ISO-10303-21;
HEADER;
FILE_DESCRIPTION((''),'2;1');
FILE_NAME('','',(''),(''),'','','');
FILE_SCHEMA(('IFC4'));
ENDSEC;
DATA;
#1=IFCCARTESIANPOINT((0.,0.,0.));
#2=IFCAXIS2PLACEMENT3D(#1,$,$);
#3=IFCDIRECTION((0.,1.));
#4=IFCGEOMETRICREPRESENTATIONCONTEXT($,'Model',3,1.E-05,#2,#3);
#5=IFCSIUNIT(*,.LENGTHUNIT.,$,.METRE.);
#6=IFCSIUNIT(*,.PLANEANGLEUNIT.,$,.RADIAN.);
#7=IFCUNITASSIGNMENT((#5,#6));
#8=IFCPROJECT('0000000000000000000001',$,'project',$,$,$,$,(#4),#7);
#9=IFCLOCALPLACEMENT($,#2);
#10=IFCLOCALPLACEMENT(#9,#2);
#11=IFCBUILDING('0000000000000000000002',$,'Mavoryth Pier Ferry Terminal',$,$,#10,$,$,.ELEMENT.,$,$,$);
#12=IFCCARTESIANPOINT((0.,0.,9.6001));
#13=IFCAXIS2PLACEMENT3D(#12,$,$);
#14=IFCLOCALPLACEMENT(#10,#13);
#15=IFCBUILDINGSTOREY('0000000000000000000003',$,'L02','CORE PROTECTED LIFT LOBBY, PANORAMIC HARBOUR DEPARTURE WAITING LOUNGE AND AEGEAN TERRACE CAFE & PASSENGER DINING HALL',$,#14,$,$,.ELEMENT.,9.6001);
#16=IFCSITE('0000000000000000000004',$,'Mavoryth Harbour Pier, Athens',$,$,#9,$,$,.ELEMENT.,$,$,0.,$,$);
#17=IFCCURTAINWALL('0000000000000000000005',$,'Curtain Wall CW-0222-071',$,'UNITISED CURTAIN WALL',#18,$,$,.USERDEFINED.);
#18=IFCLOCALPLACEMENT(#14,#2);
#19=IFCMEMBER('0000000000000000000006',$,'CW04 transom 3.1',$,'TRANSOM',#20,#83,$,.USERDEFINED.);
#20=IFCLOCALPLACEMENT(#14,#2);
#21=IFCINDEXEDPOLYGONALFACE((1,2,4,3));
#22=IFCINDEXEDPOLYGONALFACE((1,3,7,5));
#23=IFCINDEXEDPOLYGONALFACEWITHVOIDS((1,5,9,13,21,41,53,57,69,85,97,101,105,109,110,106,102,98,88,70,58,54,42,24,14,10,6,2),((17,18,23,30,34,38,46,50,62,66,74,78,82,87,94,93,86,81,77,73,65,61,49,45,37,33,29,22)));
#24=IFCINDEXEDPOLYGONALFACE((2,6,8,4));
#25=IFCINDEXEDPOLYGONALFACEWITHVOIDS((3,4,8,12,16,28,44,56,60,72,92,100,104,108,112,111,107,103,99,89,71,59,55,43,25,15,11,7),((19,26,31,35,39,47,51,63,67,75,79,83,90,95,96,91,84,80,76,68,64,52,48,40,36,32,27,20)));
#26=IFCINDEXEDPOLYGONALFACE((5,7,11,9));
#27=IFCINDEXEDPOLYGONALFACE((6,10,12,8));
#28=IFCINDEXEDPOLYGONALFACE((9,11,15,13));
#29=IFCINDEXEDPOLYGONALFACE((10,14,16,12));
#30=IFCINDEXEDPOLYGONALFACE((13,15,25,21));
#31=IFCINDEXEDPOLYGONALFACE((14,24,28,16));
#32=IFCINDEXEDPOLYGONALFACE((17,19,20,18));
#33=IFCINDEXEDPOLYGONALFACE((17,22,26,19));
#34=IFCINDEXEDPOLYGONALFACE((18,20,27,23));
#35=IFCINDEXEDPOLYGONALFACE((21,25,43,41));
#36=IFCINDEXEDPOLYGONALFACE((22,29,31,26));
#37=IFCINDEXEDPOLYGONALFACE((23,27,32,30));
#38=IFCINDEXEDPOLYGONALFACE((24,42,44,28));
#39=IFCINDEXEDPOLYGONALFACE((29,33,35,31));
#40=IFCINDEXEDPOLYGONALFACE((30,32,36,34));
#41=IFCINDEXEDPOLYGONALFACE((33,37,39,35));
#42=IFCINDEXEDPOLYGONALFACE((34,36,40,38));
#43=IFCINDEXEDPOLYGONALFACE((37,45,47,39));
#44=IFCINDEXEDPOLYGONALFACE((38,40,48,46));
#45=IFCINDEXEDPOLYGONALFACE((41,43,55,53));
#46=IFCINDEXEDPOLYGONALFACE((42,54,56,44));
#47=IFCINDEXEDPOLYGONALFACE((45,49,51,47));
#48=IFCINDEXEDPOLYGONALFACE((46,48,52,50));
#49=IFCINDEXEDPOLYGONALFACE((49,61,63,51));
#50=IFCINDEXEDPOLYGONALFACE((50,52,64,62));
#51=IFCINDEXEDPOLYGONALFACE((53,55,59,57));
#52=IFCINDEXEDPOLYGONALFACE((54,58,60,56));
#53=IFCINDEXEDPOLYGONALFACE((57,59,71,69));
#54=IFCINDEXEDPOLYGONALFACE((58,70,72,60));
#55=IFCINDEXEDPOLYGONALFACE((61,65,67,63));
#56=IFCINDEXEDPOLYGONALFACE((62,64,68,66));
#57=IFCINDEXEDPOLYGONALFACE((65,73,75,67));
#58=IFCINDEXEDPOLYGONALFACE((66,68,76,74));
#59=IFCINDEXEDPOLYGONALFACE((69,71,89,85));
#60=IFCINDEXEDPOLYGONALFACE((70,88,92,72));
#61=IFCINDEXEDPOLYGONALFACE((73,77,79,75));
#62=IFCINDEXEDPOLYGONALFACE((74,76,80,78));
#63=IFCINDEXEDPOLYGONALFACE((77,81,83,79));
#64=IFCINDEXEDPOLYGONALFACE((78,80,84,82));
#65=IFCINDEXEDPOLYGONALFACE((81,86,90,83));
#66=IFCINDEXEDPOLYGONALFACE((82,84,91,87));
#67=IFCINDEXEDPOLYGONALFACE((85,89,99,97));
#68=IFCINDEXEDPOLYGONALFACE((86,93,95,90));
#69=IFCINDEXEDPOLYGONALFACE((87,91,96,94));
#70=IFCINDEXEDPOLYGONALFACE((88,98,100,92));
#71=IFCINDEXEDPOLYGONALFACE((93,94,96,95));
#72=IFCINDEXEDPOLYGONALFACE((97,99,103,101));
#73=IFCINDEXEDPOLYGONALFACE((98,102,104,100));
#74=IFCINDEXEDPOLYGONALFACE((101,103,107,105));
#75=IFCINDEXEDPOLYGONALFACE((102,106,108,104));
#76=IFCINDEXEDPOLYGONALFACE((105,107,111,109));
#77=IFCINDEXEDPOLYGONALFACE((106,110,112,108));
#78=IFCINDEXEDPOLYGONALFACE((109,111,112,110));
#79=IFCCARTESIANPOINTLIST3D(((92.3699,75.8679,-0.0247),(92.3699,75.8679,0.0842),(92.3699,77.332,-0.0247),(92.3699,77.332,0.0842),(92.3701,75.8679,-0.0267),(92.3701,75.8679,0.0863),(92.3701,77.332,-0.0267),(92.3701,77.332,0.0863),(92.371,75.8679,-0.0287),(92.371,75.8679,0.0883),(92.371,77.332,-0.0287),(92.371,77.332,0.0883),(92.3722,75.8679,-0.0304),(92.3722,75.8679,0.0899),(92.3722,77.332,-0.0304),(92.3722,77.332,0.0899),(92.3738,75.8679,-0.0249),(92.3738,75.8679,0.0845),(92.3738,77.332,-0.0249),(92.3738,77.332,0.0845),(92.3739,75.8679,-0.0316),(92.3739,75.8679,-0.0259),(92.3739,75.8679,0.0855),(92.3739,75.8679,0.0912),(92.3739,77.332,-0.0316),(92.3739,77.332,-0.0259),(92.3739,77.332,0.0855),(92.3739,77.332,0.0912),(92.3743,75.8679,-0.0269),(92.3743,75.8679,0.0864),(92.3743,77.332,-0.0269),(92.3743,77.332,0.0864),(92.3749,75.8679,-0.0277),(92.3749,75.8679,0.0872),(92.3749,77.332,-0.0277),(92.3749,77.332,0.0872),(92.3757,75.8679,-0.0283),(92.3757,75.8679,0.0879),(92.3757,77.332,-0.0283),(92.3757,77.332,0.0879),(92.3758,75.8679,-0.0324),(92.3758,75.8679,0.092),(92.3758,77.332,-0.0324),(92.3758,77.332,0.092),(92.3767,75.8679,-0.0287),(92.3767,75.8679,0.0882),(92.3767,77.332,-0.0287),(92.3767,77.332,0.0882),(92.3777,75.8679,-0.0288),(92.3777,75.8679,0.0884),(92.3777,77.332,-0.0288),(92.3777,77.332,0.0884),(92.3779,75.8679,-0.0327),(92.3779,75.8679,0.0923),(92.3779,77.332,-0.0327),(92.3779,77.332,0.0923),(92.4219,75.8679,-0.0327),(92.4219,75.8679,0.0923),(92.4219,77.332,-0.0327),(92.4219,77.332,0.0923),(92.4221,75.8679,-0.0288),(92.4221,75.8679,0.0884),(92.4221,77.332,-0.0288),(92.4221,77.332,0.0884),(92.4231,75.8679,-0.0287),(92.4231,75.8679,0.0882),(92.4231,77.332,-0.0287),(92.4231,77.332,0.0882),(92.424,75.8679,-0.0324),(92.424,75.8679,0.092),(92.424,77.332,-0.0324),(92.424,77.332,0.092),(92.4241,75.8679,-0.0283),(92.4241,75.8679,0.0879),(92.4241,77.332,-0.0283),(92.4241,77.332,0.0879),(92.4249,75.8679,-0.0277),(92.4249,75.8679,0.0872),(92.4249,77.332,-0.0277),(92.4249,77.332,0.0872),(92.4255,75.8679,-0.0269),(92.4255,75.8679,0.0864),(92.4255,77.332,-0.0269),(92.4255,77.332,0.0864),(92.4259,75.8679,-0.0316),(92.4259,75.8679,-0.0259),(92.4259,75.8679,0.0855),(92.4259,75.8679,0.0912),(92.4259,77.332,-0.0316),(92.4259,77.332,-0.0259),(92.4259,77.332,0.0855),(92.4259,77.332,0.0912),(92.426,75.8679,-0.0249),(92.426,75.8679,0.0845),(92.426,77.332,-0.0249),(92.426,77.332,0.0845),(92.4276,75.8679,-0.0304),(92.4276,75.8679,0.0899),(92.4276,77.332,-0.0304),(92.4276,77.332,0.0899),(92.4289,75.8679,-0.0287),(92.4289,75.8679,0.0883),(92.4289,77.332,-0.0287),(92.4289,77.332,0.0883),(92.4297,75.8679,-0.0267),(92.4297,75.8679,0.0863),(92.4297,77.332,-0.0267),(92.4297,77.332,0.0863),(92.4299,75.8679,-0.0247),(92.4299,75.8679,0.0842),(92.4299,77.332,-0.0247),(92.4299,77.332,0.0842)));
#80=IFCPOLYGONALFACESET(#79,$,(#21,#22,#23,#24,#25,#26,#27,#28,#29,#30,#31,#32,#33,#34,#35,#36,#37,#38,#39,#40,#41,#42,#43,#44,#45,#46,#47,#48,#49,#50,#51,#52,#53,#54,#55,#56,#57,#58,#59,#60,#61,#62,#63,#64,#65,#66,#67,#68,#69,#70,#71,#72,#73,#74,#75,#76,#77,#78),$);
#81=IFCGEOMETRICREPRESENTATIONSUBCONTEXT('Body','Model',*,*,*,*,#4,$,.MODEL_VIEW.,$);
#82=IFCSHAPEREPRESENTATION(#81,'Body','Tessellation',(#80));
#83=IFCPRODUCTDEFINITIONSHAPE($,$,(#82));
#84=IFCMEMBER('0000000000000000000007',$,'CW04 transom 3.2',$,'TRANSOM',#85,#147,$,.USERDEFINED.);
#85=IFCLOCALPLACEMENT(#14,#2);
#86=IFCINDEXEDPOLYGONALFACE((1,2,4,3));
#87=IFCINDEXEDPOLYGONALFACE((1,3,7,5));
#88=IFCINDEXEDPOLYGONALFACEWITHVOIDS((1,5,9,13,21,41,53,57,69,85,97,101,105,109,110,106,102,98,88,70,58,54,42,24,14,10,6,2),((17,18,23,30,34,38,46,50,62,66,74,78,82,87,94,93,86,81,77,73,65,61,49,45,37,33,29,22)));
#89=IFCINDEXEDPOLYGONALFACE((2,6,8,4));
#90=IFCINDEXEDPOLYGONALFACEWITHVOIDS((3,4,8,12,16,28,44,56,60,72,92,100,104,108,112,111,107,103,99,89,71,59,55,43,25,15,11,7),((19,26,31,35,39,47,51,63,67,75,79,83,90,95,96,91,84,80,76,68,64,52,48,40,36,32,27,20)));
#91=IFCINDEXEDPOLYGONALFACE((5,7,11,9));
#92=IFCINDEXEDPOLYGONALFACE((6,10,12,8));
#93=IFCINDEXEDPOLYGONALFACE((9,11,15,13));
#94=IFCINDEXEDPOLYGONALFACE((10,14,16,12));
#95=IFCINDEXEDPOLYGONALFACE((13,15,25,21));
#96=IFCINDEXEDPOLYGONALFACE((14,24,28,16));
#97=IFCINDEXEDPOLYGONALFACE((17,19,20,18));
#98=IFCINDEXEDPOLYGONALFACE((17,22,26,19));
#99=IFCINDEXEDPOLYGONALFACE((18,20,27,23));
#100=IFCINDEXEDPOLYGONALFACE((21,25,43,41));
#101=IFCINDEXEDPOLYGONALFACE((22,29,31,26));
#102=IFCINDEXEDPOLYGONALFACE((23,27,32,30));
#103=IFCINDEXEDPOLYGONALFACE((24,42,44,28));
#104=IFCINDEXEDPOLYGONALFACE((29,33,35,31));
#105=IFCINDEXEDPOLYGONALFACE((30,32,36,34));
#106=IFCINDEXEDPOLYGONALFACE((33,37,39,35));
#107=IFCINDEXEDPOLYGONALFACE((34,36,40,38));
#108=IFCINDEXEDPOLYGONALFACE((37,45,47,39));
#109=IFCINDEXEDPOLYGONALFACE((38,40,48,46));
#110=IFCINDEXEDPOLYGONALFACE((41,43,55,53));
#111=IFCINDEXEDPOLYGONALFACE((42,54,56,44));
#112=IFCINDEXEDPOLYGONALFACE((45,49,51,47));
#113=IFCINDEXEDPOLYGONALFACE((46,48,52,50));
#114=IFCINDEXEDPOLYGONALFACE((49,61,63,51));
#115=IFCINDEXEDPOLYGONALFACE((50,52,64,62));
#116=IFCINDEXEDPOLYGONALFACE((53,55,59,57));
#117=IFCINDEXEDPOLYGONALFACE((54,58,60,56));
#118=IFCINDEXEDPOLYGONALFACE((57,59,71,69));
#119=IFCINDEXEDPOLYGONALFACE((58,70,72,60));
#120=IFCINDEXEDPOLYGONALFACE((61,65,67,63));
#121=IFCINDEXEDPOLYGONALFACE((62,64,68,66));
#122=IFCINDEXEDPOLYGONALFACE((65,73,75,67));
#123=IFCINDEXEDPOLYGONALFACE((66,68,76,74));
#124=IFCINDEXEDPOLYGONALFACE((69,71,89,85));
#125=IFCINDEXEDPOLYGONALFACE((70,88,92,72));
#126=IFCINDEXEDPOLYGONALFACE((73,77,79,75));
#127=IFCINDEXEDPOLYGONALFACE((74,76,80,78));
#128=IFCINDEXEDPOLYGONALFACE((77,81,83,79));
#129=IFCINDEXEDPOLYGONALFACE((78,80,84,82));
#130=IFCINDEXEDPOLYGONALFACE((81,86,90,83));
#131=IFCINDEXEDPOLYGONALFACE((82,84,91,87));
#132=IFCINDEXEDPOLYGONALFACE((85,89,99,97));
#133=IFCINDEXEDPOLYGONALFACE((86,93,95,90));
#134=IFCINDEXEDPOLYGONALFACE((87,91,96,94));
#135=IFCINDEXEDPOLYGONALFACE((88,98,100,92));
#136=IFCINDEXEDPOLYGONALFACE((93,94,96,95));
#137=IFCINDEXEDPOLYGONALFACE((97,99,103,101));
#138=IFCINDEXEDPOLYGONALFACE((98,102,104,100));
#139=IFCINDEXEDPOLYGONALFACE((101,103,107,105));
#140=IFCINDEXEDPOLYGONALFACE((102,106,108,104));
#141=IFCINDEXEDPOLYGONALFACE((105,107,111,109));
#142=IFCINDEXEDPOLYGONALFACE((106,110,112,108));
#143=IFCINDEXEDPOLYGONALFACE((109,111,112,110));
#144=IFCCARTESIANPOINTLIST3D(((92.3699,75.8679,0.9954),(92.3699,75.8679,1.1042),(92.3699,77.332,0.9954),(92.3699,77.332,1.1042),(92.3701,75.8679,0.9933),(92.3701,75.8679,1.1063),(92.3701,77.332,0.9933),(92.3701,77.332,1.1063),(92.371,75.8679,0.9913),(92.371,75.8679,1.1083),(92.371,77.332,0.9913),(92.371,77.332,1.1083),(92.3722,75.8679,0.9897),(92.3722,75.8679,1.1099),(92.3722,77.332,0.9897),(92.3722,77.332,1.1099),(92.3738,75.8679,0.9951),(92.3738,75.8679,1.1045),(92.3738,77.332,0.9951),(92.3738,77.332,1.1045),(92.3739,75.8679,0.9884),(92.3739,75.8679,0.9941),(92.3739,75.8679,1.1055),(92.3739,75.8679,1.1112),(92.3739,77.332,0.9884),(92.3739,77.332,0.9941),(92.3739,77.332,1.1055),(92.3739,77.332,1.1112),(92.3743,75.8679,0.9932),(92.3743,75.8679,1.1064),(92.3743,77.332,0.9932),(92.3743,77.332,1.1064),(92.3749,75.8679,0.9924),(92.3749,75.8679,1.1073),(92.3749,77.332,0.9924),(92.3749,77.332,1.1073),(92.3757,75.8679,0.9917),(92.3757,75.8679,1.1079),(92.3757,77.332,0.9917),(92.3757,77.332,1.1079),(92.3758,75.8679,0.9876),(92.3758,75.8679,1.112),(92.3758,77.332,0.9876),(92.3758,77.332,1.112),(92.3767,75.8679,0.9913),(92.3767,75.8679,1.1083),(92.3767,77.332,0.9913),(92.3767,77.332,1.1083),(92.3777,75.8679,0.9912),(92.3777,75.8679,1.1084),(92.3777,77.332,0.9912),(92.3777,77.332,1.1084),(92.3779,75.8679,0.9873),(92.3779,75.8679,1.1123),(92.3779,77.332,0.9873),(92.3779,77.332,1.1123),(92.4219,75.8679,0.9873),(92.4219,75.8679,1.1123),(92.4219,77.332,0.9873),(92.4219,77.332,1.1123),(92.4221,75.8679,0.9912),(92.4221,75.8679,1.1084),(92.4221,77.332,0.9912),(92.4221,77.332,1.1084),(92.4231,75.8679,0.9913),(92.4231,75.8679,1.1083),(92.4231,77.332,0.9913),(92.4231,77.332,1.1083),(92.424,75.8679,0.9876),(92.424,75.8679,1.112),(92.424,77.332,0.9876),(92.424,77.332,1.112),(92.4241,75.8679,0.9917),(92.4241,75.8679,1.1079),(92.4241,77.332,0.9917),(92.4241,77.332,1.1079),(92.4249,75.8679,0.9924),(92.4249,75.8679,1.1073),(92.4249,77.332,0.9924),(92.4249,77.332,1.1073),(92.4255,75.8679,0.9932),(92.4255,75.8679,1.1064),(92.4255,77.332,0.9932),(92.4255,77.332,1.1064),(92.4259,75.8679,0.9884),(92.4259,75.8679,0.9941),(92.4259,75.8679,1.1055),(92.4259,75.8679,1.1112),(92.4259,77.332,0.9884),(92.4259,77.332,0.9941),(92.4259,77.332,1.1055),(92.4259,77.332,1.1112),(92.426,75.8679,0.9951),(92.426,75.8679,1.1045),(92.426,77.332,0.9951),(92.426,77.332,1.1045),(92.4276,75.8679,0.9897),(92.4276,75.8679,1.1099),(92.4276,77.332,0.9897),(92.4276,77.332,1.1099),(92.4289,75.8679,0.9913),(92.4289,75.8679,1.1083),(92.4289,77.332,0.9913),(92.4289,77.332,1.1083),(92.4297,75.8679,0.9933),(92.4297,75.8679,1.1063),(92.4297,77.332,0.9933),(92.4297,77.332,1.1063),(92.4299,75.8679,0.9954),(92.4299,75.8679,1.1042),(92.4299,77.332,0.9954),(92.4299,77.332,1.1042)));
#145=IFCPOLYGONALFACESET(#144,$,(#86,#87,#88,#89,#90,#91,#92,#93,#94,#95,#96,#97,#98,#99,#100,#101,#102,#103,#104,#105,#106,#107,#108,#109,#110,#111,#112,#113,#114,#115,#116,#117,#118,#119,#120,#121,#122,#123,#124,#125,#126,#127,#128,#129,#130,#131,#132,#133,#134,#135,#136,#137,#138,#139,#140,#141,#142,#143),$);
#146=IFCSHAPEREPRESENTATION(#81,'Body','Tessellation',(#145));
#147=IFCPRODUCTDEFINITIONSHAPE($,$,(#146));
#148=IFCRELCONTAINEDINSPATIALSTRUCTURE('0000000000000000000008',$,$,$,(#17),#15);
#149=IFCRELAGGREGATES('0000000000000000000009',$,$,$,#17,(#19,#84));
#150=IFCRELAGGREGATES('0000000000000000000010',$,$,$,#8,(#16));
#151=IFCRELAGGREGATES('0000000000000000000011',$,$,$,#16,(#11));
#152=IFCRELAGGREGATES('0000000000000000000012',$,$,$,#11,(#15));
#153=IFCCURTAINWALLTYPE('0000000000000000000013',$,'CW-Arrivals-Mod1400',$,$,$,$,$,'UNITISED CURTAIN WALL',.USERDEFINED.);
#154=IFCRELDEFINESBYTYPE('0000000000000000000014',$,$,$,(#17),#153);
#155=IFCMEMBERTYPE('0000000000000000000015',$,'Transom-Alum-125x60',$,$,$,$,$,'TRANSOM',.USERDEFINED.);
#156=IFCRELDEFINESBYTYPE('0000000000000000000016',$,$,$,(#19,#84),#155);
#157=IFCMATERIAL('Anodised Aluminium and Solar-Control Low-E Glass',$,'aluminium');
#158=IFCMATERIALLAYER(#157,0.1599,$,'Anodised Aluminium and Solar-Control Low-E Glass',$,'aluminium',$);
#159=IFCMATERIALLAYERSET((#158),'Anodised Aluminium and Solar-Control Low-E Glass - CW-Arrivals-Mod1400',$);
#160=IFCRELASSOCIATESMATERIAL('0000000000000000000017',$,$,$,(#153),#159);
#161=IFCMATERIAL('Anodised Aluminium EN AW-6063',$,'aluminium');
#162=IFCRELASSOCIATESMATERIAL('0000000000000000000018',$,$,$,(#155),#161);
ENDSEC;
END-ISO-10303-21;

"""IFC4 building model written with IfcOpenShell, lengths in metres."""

from ifc_helpers import new_model, si_unit, direction, frame, origin, origin_2d, place, context, subcontext, project, spatial, hollow_rectangle, extrude, material, layer, layer_set, material_profile, profile_set, type_object, element, aggregate, save


model = new_model("IFC4")

# Units and contexts
model_context = context("Model", 3, precision=1e-05, world=origin(), true_north=direction((0.0, 1.0)))
body_context = subcontext(model_context, "Body", "Model", "MODEL_VIEW")
ifc_project = project(units=[si_unit("LENGTHUNIT", "METRE"), si_unit("PLANEANGLEUNIT", "RADIAN")], contexts=[model_context])

# Site, building, storey
site_placement = place(None, origin())
site = spatial("IfcSite", under=ifc_project, at=site_placement, Name="Mavoryth Harbour Pier, Athens", CompositionType="ELEMENT", RefElevation=0.0)
building_placement = place(site_placement, origin())
building = spatial("IfcBuilding", under=site, at=building_placement, Name="Mavoryth Pier Ferry Terminal", CompositionType="ELEMENT")
storey_placement = place(building_placement, frame((0.0, 0.0, 9.6001)))
storey = spatial("IfcBuildingStorey", under=building, at=storey_placement, Name="L02", Description="CORE PROTECTED LIFT LOBBY, PANORAMIC HARBOUR DEPARTURE WAITING LOUNGE AND AEGEAN TERRACE CAFE & PASSENGER DINING HALL", CompositionType="ELEMENT", Elevation=9.6001)

# Curtain wall
ifc_material_1 = material(Name="Anodised Aluminium and Solar-Control Low-E Glass", Category="aluminium")
ifc_layer_1 = layer(ifc_material_1, 0.1599, Name="Anodised Aluminium and Solar-Control Low-E Glass", Category="aluminium")
ifc_layer_set_1 = layer_set([ifc_layer_1], Name="Anodised Aluminium and Solar-Control Low-E Glass - CW-Arrivals-Mod1400")
curtain_wall_type = type_object("IfcCurtainWallType", Name="CW-Arrivals-Mod1400", ElementType="UNITISED CURTAIN WALL", PredefinedType="USERDEFINED", material=ifc_layer_set_1)
curtain_wall_1_placement = place(storey_placement, origin())
curtain_wall_1 = element("IfcCurtainWall", 1, at=curtain_wall_1_placement, inside=storey, type_object=curtain_wall_type, Name="Curtain Wall CW-0222-071", ObjectType="UNITISED CURTAIN WALL", PredefinedType="USERDEFINED")
ifc_material_2 = material(Name="Anodised Aluminium EN AW-6063", Category="aluminium")

# Members
ifc_material_profile_1 = material_profile(ifc_material_2, hollow_rectangle(XDim=0.0601, YDim=0.125, WallThickness=0.0039, InnerFilletRadius=0.0039, OuterFilletRadius=0.0081, at=origin_2d()), Name="AL-TRAN 125x60x4", Category="aluminium")
ifc_profile_set_1 = profile_set([ifc_material_profile_1], Name="Anodised Aluminium EN AW-6063 - AL-TRAN 125x60x4")
member_type_1 = type_object("IfcMemberType", Name="Transom-Alum-125x60", ElementType="TRANSOM", PredefinedType="USERDEFINED", material=ifc_profile_set_1)
member_1_placement = place(storey_placement, frame((92.3999, 75.8679, 0.0298), z_axis=(0.0, 1.0, 0.0), x_axis=(-1.0, 0.0, 0.0)))
member_1 = element("IfcMember", 2, at=member_1_placement, type_object=member_type_1, Name="CW04 transom 3.1", ObjectType="TRANSOM", PredefinedType="USERDEFINED", context=body_context, shape_type="SweptSolid", body=[
    extrude(hollow_rectangle(XDim=0.0601, YDim=0.125, WallThickness=0.0039, InnerFilletRadius=0.0039, OuterFilletRadius=0.0081, at=origin_2d()), origin(), (0.0, 0.0, 1.0), 1.4641),
])
member_2_placement = place(storey_placement, frame((92.3999, 75.8679, 1.0498), z_axis=(0.0, 1.0, 0.0), x_axis=(-1.0, 0.0, 0.0)))
member_2 = element("IfcMember", 3, at=member_2_placement, type_object=member_type_1, Name="CW04 transom 3.2", ObjectType="TRANSOM", PredefinedType="USERDEFINED", context=body_context, shape_type="SweptSolid", body=[
    extrude(hollow_rectangle(XDim=0.0601, YDim=0.125, WallThickness=0.0039, InnerFilletRadius=0.0039, OuterFilletRadius=0.0081, at=origin_2d()), origin(), (0.0, 0.0, 1.0), 1.4641),
])

aggregate(curtain_wall_1, [member_1, member_2])

save(model, "model.ifc")
